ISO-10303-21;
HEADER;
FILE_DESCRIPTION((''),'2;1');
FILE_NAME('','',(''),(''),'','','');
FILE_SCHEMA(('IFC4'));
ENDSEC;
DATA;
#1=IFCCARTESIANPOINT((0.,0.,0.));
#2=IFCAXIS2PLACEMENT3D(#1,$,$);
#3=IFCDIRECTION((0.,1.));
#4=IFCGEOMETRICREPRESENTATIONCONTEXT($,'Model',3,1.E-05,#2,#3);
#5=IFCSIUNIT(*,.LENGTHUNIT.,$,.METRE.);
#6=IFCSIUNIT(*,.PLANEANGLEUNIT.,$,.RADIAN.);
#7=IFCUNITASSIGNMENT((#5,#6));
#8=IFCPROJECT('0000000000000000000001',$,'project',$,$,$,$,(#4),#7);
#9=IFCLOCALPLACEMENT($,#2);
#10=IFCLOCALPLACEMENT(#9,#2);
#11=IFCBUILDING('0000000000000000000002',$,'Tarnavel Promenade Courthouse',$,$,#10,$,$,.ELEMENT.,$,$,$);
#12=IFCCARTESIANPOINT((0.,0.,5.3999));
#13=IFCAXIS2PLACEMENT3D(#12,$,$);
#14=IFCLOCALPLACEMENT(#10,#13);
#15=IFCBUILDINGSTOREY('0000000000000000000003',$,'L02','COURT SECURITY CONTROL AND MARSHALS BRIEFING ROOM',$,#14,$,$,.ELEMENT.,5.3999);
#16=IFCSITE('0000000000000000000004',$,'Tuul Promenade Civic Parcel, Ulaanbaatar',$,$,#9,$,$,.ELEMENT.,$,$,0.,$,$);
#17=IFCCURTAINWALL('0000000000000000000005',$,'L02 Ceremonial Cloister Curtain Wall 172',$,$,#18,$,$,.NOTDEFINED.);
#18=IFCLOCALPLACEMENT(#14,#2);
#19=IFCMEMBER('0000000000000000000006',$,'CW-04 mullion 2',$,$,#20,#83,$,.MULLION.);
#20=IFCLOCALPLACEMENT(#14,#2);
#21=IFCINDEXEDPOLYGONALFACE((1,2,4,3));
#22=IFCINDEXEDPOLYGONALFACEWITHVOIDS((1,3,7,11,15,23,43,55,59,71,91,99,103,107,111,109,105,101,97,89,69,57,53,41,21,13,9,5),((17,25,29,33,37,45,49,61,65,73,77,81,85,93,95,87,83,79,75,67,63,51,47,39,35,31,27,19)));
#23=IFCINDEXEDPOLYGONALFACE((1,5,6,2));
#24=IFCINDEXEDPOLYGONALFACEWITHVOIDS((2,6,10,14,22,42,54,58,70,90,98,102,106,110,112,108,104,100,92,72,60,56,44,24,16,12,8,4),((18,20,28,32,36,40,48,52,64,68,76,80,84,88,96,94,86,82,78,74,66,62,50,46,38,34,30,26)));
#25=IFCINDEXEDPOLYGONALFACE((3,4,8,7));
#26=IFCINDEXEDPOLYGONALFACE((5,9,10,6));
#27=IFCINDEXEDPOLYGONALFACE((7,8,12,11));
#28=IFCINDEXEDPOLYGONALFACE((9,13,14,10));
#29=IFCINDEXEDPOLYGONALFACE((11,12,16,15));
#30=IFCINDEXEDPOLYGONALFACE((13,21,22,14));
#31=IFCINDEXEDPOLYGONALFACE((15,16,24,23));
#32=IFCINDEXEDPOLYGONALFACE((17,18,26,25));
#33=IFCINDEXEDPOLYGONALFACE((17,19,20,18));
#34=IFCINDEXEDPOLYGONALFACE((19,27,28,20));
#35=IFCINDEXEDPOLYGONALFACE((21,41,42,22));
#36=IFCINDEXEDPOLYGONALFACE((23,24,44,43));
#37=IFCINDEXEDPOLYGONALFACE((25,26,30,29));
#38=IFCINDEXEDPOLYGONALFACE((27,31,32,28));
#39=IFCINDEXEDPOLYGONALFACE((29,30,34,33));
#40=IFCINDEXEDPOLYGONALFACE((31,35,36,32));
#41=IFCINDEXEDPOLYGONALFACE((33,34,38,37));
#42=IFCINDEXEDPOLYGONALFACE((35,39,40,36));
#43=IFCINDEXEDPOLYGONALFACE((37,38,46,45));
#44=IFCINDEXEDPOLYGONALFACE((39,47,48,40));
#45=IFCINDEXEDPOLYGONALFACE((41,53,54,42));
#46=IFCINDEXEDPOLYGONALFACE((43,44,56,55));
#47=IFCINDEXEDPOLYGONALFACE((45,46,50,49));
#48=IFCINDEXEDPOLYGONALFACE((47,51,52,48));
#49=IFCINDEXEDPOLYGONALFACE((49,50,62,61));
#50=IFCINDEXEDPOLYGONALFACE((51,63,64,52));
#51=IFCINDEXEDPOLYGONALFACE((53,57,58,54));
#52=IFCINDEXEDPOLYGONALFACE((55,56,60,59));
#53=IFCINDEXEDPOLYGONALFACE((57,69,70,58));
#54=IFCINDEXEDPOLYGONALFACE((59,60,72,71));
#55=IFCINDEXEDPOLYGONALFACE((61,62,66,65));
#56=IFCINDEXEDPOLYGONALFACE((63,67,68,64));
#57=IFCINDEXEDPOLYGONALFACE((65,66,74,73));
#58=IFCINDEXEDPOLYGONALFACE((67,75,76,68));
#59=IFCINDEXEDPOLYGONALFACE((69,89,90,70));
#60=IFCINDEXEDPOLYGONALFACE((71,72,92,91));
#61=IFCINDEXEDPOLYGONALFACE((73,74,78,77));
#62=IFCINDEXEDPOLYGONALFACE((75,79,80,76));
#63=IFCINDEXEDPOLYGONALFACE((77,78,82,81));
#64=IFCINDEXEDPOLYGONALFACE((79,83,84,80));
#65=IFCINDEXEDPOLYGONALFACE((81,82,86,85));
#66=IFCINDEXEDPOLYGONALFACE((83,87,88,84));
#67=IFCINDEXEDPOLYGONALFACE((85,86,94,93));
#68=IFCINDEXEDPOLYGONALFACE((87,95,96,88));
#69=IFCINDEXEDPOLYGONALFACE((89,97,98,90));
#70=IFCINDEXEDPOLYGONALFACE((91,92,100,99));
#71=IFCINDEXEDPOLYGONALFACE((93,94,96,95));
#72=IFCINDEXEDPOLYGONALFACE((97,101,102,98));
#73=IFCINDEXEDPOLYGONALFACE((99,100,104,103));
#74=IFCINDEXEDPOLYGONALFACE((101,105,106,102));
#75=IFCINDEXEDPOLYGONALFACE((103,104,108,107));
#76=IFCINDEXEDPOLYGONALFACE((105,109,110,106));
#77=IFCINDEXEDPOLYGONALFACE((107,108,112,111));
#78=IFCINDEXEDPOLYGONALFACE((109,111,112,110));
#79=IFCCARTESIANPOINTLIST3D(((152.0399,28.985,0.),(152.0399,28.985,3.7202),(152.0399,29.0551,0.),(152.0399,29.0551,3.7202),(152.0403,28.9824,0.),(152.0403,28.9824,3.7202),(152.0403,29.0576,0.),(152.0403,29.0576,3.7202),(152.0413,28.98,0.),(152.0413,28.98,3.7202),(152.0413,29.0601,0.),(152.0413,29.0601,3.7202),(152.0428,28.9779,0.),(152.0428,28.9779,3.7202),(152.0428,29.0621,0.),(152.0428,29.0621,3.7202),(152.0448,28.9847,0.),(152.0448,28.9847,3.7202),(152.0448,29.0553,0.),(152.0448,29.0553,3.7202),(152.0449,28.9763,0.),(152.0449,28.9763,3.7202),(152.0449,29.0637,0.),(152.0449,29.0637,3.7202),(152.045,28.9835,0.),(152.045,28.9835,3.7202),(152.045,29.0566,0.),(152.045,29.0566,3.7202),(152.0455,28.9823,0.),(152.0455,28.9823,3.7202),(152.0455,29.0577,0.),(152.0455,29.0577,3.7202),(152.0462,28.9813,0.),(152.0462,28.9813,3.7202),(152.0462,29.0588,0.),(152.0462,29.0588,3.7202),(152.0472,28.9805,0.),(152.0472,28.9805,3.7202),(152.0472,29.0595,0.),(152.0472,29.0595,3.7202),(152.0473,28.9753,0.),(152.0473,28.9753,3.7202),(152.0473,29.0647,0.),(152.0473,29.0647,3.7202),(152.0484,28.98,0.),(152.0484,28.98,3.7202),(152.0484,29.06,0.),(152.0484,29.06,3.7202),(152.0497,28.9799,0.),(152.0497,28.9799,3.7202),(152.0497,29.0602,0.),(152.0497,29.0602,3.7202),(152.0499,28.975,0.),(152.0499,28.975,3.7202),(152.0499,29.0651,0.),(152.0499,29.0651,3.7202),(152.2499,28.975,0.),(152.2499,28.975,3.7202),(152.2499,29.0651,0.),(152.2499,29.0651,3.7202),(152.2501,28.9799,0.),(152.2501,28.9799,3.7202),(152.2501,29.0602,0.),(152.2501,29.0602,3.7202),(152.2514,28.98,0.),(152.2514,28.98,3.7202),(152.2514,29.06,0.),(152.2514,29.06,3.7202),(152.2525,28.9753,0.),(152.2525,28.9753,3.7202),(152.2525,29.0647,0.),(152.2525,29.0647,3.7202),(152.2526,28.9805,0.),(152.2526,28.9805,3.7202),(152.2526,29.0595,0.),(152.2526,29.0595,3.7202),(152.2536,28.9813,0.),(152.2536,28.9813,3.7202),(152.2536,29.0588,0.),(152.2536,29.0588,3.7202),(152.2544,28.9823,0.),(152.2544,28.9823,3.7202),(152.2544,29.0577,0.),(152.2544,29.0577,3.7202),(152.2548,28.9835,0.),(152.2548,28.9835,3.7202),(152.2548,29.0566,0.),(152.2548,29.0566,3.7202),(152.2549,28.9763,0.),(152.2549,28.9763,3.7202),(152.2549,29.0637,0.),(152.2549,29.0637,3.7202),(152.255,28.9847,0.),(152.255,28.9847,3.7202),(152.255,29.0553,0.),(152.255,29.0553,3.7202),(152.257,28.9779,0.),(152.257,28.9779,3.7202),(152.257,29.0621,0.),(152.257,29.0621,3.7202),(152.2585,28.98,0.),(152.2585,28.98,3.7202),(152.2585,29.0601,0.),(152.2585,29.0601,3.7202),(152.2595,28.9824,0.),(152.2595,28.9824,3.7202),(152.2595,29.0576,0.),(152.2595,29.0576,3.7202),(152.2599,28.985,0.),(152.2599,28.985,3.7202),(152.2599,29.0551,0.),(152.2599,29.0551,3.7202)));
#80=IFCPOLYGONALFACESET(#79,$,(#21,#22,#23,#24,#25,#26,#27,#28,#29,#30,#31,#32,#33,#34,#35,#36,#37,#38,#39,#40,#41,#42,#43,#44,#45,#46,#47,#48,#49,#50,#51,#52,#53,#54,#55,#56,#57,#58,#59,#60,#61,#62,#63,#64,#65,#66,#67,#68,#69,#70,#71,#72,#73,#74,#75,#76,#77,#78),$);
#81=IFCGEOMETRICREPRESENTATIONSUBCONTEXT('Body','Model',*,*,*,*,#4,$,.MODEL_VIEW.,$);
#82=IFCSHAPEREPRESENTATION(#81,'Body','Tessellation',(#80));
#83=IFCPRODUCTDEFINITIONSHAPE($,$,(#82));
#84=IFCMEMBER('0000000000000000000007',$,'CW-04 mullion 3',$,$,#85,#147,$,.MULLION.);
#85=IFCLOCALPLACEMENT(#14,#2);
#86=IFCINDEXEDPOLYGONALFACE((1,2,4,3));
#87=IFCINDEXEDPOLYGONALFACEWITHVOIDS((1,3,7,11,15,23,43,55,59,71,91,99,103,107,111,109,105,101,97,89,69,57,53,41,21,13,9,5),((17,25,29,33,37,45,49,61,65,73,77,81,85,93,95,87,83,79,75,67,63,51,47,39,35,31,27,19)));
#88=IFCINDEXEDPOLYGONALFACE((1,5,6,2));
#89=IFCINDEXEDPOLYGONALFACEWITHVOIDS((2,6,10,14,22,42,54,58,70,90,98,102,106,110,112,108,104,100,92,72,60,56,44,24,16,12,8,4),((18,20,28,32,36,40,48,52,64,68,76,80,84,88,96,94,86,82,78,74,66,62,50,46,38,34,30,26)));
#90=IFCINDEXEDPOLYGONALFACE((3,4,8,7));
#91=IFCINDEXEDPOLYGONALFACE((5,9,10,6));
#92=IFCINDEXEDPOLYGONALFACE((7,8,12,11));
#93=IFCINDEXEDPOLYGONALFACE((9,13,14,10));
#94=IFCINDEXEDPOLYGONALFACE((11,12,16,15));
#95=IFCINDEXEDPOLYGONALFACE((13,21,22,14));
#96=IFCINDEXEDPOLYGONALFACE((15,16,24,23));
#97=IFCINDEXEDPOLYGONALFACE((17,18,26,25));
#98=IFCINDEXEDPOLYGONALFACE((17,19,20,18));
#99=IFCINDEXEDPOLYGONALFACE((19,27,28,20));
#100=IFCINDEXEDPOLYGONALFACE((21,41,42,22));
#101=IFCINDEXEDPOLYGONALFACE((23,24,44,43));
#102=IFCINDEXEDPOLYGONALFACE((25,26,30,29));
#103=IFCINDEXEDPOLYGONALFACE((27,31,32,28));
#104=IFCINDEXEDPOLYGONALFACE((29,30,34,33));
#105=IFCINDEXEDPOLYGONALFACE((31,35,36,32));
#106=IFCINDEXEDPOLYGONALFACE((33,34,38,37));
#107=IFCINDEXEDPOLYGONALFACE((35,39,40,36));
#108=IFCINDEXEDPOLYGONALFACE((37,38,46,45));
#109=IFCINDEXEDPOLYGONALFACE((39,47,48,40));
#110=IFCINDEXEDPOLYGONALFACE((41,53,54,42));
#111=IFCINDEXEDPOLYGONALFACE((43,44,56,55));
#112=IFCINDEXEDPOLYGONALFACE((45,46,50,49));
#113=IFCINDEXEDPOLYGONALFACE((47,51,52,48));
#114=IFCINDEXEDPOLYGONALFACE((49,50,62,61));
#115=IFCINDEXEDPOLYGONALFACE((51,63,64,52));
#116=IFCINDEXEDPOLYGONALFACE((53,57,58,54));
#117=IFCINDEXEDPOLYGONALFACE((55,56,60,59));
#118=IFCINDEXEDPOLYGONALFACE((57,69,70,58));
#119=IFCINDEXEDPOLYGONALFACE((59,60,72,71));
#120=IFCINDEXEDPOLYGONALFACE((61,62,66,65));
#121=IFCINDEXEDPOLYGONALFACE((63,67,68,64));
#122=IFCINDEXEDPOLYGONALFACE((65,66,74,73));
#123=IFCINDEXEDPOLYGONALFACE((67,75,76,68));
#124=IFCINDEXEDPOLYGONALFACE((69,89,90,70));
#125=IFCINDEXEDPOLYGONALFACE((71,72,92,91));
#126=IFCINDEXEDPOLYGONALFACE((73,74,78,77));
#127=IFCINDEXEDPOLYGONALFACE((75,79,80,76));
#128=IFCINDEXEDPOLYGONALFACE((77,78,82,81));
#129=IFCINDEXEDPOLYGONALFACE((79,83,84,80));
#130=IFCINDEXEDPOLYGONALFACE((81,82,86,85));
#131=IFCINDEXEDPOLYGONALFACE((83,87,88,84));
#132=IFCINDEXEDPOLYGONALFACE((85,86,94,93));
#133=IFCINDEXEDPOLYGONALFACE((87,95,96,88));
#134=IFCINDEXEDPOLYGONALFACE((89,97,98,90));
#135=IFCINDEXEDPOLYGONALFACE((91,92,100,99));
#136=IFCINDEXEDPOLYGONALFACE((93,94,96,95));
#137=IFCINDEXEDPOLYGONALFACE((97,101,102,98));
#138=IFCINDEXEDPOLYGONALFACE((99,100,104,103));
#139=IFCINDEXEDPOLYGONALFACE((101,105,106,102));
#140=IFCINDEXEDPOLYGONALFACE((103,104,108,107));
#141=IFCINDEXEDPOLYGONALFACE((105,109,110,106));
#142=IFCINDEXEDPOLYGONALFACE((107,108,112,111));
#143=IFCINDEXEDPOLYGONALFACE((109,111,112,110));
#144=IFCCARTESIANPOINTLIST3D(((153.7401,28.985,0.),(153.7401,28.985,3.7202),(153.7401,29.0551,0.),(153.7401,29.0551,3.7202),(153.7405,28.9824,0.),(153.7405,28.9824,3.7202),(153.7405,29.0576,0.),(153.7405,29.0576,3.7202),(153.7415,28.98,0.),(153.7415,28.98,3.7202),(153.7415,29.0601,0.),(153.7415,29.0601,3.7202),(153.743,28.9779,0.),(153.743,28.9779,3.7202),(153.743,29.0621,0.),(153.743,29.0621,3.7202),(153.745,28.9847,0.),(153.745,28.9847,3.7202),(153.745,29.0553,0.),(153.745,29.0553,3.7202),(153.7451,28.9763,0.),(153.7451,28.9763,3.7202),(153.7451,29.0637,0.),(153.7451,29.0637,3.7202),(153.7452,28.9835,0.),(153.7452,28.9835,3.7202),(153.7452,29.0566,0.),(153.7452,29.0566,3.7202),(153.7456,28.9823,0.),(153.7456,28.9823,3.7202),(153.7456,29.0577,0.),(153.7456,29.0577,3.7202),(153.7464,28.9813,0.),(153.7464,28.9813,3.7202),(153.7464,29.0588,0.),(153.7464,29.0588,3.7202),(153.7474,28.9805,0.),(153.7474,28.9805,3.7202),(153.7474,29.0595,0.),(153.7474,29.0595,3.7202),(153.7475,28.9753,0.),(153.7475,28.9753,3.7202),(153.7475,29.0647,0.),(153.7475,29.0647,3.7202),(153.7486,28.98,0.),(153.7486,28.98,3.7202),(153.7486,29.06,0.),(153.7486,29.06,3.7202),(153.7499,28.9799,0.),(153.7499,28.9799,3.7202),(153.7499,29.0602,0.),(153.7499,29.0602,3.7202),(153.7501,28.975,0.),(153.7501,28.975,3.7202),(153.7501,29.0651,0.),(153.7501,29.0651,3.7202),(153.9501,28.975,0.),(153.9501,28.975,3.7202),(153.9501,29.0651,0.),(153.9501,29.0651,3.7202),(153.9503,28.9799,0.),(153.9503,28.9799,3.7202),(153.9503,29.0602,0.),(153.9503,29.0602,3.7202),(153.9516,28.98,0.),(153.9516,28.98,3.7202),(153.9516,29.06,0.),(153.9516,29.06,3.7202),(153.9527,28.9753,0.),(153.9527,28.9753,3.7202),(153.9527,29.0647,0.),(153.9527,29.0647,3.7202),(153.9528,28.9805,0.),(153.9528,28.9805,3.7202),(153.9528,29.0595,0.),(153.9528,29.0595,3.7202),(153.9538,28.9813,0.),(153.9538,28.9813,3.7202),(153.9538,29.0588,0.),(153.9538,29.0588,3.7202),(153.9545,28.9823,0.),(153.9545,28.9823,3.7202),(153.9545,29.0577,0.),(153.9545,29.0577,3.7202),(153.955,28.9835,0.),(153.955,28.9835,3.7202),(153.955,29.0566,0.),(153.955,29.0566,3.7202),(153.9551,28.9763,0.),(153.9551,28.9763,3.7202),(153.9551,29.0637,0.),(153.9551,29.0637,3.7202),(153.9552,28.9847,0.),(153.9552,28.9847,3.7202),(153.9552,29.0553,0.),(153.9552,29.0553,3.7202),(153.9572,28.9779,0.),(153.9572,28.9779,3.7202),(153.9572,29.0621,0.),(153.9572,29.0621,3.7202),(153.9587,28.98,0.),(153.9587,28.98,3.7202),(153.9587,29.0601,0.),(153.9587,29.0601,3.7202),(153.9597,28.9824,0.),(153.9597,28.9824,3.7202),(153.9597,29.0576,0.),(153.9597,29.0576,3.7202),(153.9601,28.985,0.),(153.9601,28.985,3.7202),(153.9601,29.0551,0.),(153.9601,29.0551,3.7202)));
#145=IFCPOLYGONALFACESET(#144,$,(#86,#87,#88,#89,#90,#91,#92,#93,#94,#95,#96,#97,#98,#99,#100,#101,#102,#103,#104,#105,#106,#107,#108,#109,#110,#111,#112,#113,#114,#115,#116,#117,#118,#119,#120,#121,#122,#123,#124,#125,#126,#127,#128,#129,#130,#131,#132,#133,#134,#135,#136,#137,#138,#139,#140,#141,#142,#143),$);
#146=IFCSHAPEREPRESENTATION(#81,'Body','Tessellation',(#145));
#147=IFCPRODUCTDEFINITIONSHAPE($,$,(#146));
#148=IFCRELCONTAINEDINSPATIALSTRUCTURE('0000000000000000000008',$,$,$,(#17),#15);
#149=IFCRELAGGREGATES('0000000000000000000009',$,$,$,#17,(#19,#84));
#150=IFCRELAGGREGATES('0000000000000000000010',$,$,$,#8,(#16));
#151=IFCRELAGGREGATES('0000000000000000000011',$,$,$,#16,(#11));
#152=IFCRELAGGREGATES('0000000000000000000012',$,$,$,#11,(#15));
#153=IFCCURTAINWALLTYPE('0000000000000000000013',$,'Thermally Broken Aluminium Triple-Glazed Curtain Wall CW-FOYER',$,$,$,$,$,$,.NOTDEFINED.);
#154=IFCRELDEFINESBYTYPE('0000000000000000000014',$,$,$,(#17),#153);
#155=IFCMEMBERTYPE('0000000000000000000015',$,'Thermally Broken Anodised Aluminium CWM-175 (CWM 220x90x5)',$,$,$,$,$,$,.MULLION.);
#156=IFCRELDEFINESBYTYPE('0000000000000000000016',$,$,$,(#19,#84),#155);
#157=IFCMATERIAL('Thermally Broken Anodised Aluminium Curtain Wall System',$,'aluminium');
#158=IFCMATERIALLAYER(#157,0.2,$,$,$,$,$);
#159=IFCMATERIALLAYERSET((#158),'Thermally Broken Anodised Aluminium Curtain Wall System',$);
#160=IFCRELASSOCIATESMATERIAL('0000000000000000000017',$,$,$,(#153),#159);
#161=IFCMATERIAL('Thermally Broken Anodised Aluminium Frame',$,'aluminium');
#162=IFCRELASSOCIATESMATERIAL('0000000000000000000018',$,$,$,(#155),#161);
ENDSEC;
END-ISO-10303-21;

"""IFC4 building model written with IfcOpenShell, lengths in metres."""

from ifc_helpers import new_model, si_unit, direction, frame, origin, origin_2d, place, context, subcontext, project, spatial, hollow_rectangle, extrude, material, layer, layer_set, material_profile, profile_set, type_object, element, aggregate, save


model = new_model("IFC4")

# Units and contexts
model_context = context("Model", 3, precision=1e-05, world=origin(), true_north=direction((0.0, 1.0)))
body_context = subcontext(model_context, "Body", "Model", "MODEL_VIEW")
ifc_project = project(units=[si_unit("LENGTHUNIT", "METRE"), si_unit("PLANEANGLEUNIT", "RADIAN")], contexts=[model_context])

# Site, building, storey
site_placement = place(None, origin())
site = spatial("IfcSite", under=ifc_project, at=site_placement, Name="Tuul Promenade Civic Parcel, Ulaanbaatar", CompositionType="ELEMENT", RefElevation=0.0)
building_placement = place(site_placement, origin())
building = spatial("IfcBuilding", under=site, at=building_placement, Name="Tarnavel Promenade Courthouse", CompositionType="ELEMENT")
storey_placement = place(building_placement, frame((0.0, 0.0, 5.3999)))
storey = spatial("IfcBuildingStorey", under=building, at=storey_placement, Name="L02", Description="COURT SECURITY CONTROL AND MARSHALS BRIEFING ROOM", CompositionType="ELEMENT", Elevation=5.3999)

# Curtain wall, members
ifc_material_1 = material(Name="Thermally Broken Anodised Aluminium Curtain Wall System", Category="aluminium")
ifc_layer_1 = layer(ifc_material_1, 0.2)
ifc_layer_set_1 = layer_set([ifc_layer_1], Name="Thermally Broken Anodised Aluminium Curtain Wall System")
curtain_wall_type = type_object("IfcCurtainWallType", Name="Thermally Broken Aluminium Triple-Glazed Curtain Wall CW-FOYER", PredefinedType="NOTDEFINED", material=ifc_layer_set_1)
ifc_material_2 = material(Name="Thermally Broken Anodised Aluminium Frame", Category="aluminium")
ifc_material_profile_1 = material_profile(ifc_material_2, hollow_rectangle(XDim=0.0901, YDim=0.22, WallThickness=0.0049, InnerFilletRadius=0.0049, OuterFilletRadius=0.01, at=origin_2d()), Name="CWM 220x90x5")
ifc_profile_set_1 = profile_set([ifc_material_profile_1], Name="Thermally Broken Anodised Aluminium Frame")
member_type_1 = type_object("IfcMemberType", Name="Thermally Broken Anodised Aluminium CWM-175 (CWM 220x90x5)", PredefinedType="MULLION", material=ifc_profile_set_1)
curtain_wall_1_placement = place(storey_placement, origin())
curtain_wall_1 = element("IfcCurtainWall", 1, at=curtain_wall_1_placement, inside=storey, type_object=curtain_wall_type, Name="L02 Ceremonial Cloister Curtain Wall 172", PredefinedType="NOTDEFINED")
member_1_placement = place(storey_placement, frame((152.1499, 29.02, 0.0), z_axis=(0.0, 0.0, 1.0), x_axis=(0.0, 1.0, 0.0)))
member_1 = element("IfcMember", 2, at=member_1_placement, type_object=member_type_1, Name="CW-04 mullion 2", PredefinedType="MULLION", context=body_context, shape_type="SweptSolid", body=[
    extrude(hollow_rectangle(XDim=0.0901, YDim=0.22, WallThickness=0.0049, InnerFilletRadius=0.0049, OuterFilletRadius=0.01, at=origin_2d()), origin(), (0.0, 0.0, 1.0), 3.7202),
])
member_2_placement = place(storey_placement, frame((153.8501, 29.02, 0.0), z_axis=(0.0, 0.0, 1.0), x_axis=(0.0, 1.0, 0.0)))
member_2 = element("IfcMember", 3, at=member_2_placement, type_object=member_type_1, Name="CW-04 mullion 3", PredefinedType="MULLION", context=body_context, shape_type="SweptSolid", body=[
    extrude(hollow_rectangle(XDim=0.0901, YDim=0.22, WallThickness=0.0049, InnerFilletRadius=0.0049, OuterFilletRadius=0.01, at=origin_2d()), origin(), (0.0, 0.0, 1.0), 3.7202),
])

aggregate(curtain_wall_1, [member_1, member_2])

save(model, "model.ifc")
